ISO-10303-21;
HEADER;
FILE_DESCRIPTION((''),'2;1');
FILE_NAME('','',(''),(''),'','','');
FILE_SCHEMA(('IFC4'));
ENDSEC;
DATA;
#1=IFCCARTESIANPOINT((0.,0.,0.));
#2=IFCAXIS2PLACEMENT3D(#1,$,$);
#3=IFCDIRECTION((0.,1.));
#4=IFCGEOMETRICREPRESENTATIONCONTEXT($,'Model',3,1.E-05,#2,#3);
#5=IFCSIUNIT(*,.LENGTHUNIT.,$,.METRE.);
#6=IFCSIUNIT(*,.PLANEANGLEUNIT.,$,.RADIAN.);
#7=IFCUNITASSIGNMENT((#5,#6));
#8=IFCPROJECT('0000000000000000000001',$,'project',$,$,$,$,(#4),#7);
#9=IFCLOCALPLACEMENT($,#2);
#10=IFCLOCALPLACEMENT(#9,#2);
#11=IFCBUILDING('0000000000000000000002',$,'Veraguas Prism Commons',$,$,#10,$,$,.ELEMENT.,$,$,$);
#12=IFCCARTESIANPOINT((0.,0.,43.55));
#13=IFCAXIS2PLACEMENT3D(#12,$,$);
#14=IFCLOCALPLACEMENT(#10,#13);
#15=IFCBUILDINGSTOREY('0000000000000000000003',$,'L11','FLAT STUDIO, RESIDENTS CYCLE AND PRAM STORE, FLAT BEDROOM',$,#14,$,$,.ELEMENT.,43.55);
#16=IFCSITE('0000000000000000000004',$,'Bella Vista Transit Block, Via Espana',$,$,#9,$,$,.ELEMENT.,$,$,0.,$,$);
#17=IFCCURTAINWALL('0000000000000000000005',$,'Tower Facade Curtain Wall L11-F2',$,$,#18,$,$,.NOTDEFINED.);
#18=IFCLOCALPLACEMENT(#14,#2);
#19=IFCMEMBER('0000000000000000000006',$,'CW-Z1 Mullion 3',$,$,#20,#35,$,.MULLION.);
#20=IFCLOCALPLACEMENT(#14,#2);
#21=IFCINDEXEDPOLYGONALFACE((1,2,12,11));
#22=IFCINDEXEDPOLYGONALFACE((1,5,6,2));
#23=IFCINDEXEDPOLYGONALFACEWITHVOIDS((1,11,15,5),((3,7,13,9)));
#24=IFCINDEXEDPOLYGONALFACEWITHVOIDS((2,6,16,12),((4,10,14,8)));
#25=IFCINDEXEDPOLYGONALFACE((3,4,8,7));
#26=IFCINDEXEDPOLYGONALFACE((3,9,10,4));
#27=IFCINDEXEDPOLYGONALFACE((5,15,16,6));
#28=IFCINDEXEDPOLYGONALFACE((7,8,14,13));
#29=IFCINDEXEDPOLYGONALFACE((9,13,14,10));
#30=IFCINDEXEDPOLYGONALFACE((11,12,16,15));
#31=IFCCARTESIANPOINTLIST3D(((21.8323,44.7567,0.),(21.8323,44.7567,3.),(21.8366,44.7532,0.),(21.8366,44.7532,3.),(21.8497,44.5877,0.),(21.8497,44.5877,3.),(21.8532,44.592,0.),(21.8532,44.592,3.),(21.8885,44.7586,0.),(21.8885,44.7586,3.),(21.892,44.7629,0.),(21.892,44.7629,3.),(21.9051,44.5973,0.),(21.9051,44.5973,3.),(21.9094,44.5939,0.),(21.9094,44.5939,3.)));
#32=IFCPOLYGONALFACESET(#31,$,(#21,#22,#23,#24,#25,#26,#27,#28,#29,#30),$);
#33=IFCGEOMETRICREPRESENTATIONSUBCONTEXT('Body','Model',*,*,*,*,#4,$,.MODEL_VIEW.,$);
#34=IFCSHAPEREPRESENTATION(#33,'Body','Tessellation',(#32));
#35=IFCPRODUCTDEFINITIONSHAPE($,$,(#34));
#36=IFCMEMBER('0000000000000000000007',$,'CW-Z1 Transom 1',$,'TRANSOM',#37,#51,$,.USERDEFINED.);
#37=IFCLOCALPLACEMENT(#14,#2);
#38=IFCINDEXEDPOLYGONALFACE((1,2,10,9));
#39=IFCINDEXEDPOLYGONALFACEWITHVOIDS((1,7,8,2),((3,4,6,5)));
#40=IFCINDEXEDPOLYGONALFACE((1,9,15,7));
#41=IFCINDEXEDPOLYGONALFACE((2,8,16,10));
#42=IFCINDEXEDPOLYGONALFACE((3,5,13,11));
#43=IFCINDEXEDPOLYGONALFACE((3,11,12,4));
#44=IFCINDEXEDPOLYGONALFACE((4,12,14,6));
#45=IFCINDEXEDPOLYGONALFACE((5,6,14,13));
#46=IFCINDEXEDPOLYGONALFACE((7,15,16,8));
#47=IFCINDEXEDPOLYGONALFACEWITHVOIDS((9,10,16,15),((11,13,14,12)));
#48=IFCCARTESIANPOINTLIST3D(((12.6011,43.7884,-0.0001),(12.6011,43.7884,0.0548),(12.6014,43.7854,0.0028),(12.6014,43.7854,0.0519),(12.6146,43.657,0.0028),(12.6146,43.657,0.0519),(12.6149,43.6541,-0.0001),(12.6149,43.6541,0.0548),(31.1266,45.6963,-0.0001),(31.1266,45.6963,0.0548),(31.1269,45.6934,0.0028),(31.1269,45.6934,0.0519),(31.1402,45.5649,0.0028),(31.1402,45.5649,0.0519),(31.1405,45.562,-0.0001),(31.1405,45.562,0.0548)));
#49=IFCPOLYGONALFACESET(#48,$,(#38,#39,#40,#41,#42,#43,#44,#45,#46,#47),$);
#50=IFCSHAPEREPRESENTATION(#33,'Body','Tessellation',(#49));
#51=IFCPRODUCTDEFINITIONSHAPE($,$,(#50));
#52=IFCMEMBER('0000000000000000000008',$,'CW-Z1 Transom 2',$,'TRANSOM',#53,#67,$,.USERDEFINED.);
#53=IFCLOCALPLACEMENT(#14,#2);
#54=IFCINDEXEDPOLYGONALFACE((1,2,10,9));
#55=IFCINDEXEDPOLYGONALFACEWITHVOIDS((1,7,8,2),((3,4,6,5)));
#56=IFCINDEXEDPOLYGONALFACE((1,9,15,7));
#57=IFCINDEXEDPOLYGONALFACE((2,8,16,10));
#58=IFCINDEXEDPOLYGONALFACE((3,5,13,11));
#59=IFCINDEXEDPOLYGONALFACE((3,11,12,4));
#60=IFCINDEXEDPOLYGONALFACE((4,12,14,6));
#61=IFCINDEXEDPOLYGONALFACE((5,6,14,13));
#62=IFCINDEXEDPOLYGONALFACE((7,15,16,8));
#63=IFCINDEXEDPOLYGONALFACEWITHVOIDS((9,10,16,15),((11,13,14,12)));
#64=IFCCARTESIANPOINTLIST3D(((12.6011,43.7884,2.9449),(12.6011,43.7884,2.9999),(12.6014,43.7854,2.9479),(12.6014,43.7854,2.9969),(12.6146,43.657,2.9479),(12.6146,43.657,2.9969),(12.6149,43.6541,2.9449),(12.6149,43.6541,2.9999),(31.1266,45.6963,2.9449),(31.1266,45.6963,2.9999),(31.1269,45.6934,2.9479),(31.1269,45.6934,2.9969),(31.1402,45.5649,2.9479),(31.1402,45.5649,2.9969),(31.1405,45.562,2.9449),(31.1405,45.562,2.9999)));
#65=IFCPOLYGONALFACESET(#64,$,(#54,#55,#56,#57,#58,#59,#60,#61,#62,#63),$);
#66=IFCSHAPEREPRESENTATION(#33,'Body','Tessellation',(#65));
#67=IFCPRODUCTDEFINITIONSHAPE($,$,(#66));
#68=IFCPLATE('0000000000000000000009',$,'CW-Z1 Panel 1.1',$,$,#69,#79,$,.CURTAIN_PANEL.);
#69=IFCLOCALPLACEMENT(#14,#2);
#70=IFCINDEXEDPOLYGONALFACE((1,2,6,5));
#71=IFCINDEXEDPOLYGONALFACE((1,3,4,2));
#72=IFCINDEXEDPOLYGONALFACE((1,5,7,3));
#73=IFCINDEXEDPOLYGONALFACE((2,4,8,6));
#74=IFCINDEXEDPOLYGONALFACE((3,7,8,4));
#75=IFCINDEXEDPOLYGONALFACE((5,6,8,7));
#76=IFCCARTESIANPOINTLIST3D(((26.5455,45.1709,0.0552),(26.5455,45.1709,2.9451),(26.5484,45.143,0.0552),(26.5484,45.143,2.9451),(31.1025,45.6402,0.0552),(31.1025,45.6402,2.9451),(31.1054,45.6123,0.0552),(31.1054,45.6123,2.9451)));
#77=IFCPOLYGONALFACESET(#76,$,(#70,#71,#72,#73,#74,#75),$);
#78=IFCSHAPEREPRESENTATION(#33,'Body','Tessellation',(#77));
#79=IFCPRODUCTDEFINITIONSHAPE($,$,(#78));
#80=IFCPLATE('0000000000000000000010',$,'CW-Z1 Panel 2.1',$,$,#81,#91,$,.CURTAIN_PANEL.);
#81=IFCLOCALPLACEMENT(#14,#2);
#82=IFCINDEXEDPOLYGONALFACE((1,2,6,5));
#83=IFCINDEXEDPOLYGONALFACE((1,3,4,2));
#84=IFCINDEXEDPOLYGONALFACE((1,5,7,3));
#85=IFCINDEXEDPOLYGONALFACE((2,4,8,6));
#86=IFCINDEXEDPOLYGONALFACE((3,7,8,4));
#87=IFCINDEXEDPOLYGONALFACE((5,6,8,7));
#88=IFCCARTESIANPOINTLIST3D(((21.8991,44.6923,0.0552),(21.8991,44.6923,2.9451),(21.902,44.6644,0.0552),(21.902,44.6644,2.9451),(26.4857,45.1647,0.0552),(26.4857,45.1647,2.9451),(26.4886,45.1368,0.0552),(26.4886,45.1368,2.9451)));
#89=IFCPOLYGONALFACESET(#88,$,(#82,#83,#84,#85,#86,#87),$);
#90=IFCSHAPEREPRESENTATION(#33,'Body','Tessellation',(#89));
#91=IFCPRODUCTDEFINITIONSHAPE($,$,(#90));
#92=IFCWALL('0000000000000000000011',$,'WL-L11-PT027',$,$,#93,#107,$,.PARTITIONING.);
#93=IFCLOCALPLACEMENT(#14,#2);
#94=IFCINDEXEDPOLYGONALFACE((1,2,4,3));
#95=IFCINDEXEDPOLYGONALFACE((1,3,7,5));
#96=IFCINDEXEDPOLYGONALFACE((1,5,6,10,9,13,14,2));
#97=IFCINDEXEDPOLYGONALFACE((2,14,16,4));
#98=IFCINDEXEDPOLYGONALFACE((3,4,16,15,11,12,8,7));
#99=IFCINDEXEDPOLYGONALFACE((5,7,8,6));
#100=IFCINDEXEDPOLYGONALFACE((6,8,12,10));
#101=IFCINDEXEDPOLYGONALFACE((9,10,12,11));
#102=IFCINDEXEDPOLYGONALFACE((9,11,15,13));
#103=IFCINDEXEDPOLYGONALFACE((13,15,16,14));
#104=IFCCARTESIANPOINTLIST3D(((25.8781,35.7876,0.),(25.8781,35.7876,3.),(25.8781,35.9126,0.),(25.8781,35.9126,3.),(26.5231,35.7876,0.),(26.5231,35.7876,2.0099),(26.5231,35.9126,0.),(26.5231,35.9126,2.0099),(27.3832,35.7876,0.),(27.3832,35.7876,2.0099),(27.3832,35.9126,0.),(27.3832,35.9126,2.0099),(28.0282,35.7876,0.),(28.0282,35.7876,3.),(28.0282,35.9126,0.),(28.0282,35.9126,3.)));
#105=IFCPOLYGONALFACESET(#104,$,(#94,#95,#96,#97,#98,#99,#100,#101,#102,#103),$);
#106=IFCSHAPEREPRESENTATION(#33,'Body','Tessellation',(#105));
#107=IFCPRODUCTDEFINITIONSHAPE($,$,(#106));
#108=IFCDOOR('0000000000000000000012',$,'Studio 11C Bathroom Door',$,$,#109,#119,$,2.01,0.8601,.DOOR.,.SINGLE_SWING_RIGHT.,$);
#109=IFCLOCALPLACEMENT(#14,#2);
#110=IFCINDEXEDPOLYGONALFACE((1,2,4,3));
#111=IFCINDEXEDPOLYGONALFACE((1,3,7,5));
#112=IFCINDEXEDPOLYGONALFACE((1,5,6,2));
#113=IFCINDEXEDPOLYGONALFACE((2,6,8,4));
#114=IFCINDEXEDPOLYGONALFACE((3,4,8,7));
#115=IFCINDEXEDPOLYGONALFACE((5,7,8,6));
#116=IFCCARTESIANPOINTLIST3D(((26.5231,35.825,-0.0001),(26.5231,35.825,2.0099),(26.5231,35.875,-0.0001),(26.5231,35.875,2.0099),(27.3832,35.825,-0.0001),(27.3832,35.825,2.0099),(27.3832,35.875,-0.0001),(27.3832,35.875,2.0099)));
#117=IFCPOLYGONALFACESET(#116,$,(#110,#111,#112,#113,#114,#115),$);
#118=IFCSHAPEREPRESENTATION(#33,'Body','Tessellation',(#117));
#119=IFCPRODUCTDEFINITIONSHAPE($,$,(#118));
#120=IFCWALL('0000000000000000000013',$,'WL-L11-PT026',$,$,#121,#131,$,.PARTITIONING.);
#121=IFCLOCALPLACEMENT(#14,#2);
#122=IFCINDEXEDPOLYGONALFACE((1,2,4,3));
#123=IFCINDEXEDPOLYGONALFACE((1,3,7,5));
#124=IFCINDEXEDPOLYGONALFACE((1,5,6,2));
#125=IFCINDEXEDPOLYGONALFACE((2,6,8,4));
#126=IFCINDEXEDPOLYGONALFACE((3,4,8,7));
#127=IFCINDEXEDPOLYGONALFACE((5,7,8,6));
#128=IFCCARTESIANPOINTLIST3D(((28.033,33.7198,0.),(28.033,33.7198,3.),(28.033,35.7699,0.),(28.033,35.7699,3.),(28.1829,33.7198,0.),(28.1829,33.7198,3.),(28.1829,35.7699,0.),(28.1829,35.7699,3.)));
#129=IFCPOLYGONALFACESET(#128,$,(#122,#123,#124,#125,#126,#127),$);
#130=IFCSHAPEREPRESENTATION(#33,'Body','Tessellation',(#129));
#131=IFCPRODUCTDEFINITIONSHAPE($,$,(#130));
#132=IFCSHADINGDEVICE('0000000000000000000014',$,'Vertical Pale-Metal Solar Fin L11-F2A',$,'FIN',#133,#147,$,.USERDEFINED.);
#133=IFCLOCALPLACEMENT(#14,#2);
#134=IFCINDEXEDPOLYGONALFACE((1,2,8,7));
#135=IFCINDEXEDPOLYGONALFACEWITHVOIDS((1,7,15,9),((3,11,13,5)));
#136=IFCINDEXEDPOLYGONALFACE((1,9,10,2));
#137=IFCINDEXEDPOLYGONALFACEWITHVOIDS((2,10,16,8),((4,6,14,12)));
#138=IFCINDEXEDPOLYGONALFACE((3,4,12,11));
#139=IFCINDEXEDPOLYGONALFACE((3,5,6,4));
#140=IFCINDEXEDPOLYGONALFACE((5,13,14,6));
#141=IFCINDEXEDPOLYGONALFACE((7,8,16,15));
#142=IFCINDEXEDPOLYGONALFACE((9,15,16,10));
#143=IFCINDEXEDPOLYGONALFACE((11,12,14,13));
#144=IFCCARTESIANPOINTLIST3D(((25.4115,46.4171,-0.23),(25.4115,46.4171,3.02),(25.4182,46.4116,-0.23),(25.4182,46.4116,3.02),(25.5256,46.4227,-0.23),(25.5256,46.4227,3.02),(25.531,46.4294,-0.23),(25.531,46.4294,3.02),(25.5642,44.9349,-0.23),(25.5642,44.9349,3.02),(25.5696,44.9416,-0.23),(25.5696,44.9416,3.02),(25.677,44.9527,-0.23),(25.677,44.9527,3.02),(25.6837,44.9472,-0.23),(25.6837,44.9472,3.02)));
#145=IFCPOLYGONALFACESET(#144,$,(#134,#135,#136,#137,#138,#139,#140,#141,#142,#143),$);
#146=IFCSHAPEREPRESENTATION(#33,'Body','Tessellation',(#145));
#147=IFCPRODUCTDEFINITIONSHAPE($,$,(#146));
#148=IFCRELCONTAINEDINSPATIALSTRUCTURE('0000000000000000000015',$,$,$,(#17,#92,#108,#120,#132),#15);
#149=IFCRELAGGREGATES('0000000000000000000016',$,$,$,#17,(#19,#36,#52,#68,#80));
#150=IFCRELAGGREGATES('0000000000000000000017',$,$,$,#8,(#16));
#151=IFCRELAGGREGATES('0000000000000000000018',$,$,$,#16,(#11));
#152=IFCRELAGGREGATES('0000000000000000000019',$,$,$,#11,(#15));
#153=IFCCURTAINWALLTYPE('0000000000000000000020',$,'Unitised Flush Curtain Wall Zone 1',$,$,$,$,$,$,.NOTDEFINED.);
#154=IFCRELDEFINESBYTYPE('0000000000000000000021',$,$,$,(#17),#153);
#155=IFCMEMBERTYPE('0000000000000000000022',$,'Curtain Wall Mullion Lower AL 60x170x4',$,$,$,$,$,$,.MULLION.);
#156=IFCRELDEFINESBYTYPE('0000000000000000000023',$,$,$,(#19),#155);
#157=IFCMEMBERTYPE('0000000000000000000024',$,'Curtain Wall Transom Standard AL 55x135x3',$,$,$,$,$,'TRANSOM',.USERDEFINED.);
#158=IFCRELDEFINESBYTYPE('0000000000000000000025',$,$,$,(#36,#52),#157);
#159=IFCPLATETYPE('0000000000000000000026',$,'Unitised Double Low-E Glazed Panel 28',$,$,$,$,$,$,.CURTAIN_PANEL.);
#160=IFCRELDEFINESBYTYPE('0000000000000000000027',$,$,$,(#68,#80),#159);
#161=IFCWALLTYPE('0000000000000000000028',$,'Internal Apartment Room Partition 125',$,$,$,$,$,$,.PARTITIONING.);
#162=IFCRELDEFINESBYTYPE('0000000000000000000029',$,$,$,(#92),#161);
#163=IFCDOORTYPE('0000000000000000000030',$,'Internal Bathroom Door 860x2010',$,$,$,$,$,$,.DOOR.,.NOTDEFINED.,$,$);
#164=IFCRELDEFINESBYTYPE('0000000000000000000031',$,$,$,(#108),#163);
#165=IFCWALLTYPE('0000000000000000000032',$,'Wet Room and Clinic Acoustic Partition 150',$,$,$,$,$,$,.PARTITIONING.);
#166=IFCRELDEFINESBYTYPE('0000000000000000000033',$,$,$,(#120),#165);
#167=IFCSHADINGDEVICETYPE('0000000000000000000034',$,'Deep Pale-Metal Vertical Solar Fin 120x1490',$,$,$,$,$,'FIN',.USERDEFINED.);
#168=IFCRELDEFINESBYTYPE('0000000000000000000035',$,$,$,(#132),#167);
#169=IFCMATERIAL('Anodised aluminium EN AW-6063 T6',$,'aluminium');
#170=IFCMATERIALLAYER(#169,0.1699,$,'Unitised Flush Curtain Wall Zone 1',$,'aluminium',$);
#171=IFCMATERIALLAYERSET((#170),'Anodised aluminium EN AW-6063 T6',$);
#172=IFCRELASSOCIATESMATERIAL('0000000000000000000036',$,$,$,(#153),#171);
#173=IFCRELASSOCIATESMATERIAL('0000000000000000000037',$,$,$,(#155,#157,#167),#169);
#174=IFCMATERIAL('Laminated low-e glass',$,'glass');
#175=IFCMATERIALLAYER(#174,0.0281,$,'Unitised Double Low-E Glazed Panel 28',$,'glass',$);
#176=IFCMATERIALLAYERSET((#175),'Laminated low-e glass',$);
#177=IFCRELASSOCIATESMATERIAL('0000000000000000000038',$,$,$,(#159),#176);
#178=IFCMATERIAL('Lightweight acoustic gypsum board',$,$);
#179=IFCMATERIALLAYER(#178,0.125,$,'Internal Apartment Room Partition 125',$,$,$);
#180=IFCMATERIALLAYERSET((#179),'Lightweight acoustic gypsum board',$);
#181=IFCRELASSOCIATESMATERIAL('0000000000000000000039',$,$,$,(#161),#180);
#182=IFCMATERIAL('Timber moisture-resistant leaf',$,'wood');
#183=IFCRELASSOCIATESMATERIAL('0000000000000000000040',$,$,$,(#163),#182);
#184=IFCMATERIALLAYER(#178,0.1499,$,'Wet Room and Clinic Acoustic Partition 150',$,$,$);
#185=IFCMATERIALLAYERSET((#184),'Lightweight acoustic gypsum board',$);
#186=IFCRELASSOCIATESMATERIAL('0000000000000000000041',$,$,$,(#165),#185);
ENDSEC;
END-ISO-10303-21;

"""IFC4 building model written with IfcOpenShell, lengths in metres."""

from ifc_helpers import new_model, si_unit, direction, frame, frame_2d, origin, origin_2d, place, context, subcontext, project, spatial, rectangle, hollow_rectangle, extrude, source, transform, mapped, material, layer, layer_set, material_profile, profile_set, type_object, element, fill, aggregate, save


model = new_model("IFC4")

# Units and contexts
model_context = context("Model", 3, precision=1e-05, world=origin(), true_north=direction((0.0, 1.0)))
body_context = subcontext(model_context, "Body", "Model", "MODEL_VIEW")
ifc_project = project(units=[si_unit("LENGTHUNIT", "METRE"), si_unit("PLANEANGLEUNIT", "RADIAN")], contexts=[model_context])

# Site, building, storey
site_placement = place(None, origin())
site = spatial("IfcSite", under=ifc_project, at=site_placement, Name="Bella Vista Transit Block, Via Espana", CompositionType="ELEMENT", RefElevation=0.0)
building_placement = place(site_placement, origin())
building = spatial("IfcBuilding", under=site, at=building_placement, Name="Veraguas Prism Commons", CompositionType="ELEMENT")
storey_placement = place(building_placement, frame((0.0, 0.0, 43.55)))
storey = spatial("IfcBuildingStorey", under=building, at=storey_placement, Name="L11", Description="FLAT STUDIO, RESIDENTS CYCLE AND PRAM STORE, FLAT BEDROOM", CompositionType="ELEMENT", Elevation=43.55)

# Curtain wall, members, plates
ifc_material_1 = material(Name="Anodised aluminium EN AW-6063 T6", Category="aluminium")
ifc_layer_1 = layer(ifc_material_1, 0.1699, Name="Unitised Flush Curtain Wall Zone 1", Category="aluminium")
ifc_layer_set_1 = layer_set([ifc_layer_1], Name="Anodised aluminium EN AW-6063 T6")
curtain_wall_type = type_object("IfcCurtainWallType", Name="Unitised Flush Curtain Wall Zone 1", PredefinedType="NOTDEFINED", material=ifc_layer_set_1)
curtain_wall_placement = place(storey_placement, origin())
curtain_wall = element("IfcCurtainWall", 1, at=curtain_wall_placement, inside=storey, type_object=curtain_wall_type, Name="Tower Facade Curtain Wall L11-F2", PredefinedType="NOTDEFINED")
ifc_material_profile_1 = material_profile(ifc_material_1, hollow_rectangle(XDim=0.0601, YDim=0.1699, WallThickness=0.0039, at=origin_2d()), Name="AL60X170X4")
ifc_profile_set_1 = profile_set([ifc_material_profile_1], Name="Anodised aluminium EN AW-6063 T6")
member_type_1 = type_object("IfcMemberType", Name="Curtain Wall Mullion Lower AL 60x170x4", PredefinedType="MULLION", material=ifc_profile_set_1)
shared_shape_1 = source(origin(), body_context, "Body", "SweptSolid", [
    extrude(hollow_rectangle(XDim=0.0601, YDim=0.1699, WallThickness=0.0039, at=origin_2d()), origin(), (0.0, 0.0, 1.0), 3.0),
])
member_1_placement = place(storey_placement, frame((21.8708, 44.6753, 0.0), z_axis=(0.0, 0.0, 1.0), x_axis=(-0.994738, -0.102447, 0.0)))
member_1 = element("IfcMember", 2, at=member_1_placement, type_object=member_type_1, Name="CW-Z1 Mullion 3", PredefinedType="MULLION", context=body_context, shape_type="MappedRepresentation", body=[
    mapped(shared_shape_1, transform((0.0, 0.0, 0.0), scale=1.0)),
])
ifc_material_profile_2 = material_profile(ifc_material_1, hollow_rectangle(XDim=0.0549, YDim=0.135, WallThickness=0.0029, at=origin_2d()), Name="AL55X135X3")
ifc_profile_set_2 = profile_set([ifc_material_profile_2], Name="Anodised aluminium EN AW-6063 T6")
member_type_2 = type_object("IfcMemberType", Name="Curtain Wall Transom Standard AL 55x135x3", ElementType="TRANSOM", PredefinedType="USERDEFINED", material=ifc_profile_set_2)
shared_shape_2 = source(origin(), body_context, "Body", "SweptSolid", [
    extrude(hollow_rectangle(XDim=0.0549, YDim=0.135, WallThickness=0.0029, at=origin_2d()), origin(), (0.0, 0.0, 1.0), 18.6235),
])
member_2_placement = place(storey_placement, frame((31.1335, 45.6292, 0.0273), z_axis=(-0.994738, -0.102448, 0.0), x_axis=(0.0, 0.0, 1.0)))
member_2 = element("IfcMember", 3, at=member_2_placement, type_object=member_type_2, Name="CW-Z1 Transom 1", ObjectType="TRANSOM", PredefinedType="USERDEFINED", context=body_context, shape_type="MappedRepresentation", body=[
    mapped(shared_shape_2, transform((0.0, 0.0, 0.0), scale=1.0)),
])
member_3_placement = place(storey_placement, frame((31.1335, 45.6292, 2.9724), z_axis=(-0.994738, -0.102448, 0.0), x_axis=(0.0, 0.0, 1.0)))
member_3 = element("IfcMember", 4, at=member_3_placement, type_object=member_type_2, Name="CW-Z1 Transom 2", ObjectType="TRANSOM", PredefinedType="USERDEFINED", context=body_context, shape_type="MappedRepresentation", body=[
    mapped(shared_shape_2, transform((0.0, 0.0, 0.0), scale=1.0)),
])
ifc_material_2 = material(Name="Laminated low-e glass", Category="glass")
ifc_layer_2 = layer(ifc_material_2, 0.0281, Name="Unitised Double Low-E Glazed Panel 28", Category="glass")
ifc_layer_set_2 = layer_set([ifc_layer_2], Name="Laminated low-e glass")
plate_type = type_object("IfcPlateType", Name="Unitised Double Low-E Glazed Panel 28", PredefinedType="CURTAIN_PANEL", material=ifc_layer_set_2)
shared_shape_3 = source(origin(), body_context, "Body", "SweptSolid", [
    extrude(rectangle(XDim=4.5811, YDim=0.0281, at=origin_2d()), origin(), (0.0, 0.0, 1.0), 2.8899),
])
plate_1_placement = place(storey_placement, frame((28.8254, 45.3916, 0.0552), z_axis=(0.0, 0.0, 1.0), x_axis=(-0.994738, -0.102447, 0.0)))
plate_1 = element("IfcPlate", 5, at=plate_1_placement, type_object=plate_type, Name="CW-Z1 Panel 1.1", PredefinedType="CURTAIN_PANEL", context=body_context, shape_type="MappedRepresentation", body=[
    mapped(shared_shape_3, transform((0.0, 0.0, 0.0), scale=1.0)),
])
shared_shape_4 = source(origin(), body_context, "Body", "SweptSolid", [
    extrude(rectangle(XDim=4.6108, YDim=0.0281, at=origin_2d()), origin(), (0.0, 0.0, 1.0), 2.8899),
])
plate_2_placement = place(storey_placement, frame((24.1938, 44.9146, 0.0552), z_axis=(0.0, 0.0, 1.0), x_axis=(-0.994738, -0.102447, 0.0)))
plate_2 = element("IfcPlate", 6, at=plate_2_placement, type_object=plate_type, Name="CW-Z1 Panel 2.1", PredefinedType="CURTAIN_PANEL", context=body_context, shape_type="MappedRepresentation", body=[
    mapped(shared_shape_4, transform((0.0, 0.0, 0.0), scale=1.0)),
])
aggregate(curtain_wall, [member_1, member_2, member_3, plate_1, plate_2])

# Wall, opening, door
ifc_material_3 = material(Name="Lightweight acoustic gypsum board")
ifc_layer_3 = layer(ifc_material_3, 0.125, Name="Internal Apartment Room Partition 125")
ifc_layer_set_3 = layer_set([ifc_layer_3], Name="Lightweight acoustic gypsum board")
wall_type_1 = type_object("IfcWallType", Name="Internal Apartment Room Partition 125", PredefinedType="PARTITIONING", material=ifc_layer_set_3)
wall_1_placement = place(storey_placement, frame((25.8779, 35.8501, 0.0), z_axis=(0.0, 0.0, 1.0), x_axis=(1.0, 0.0, 0.0)))
wall_1 = element("IfcWall", 7, at=wall_1_placement, inside=storey, type_object=wall_type_1, Name="WL-L11-PT027", PredefinedType="PARTITIONING", context=body_context, shape_type="SweptSolid", body=[
    extrude(rectangle(XDim=2.1501, YDim=0.125, at=frame_2d((1.0752, 0.0))), origin(), (0.0, 0.0, 1.0), 3.0),
])
opening_placement = place(wall_1_placement, frame((0.645, 0.0, 0.0)))
opening = element("IfcOpeningElement", 8, at=opening_placement, cuts=wall_1, PredefinedType="OPENING", context=body_context, shape_type="SweptSolid", body=[
    extrude(rectangle(XDim=0.8601, YDim=2.01, at=frame_2d((0.4302, 1.0049))), frame((0.0, 0.0725, 0.0), z_axis=(0.0, -1.0, 0.0), x_axis=(1.0, 0.0, 0.0)), (0.0, 0.0, 1.0), 0.145),
])
ifc_material_4 = material(Name="Timber moisture-resistant leaf", Category="wood")
door_type = type_object("IfcDoorType", Name="Internal Bathroom Door 860x2010", OperationType="NOTDEFINED", PredefinedType="DOOR", material=ifc_material_4)
shared_shape_5 = source(origin(), body_context, "Body", "SweptSolid", [
    extrude(rectangle(XDim=0.8601, YDim=2.01, at=frame_2d((0.4302, 1.0049))), frame((0.0, 0.0249, 0.0), z_axis=(0.0, -1.0, 0.0), x_axis=(1.0, 0.0, 0.0)), (0.0, 0.0, 1.0), 0.05),
])
door_placement = place(opening_placement, origin())
door = element("IfcDoor", 9, at=door_placement, inside=storey, type_object=door_type, Name="Studio 11C Bathroom Door", OperationType="SINGLE_SWING_RIGHT", OverallHeight=2.01, OverallWidth=0.8601, PredefinedType="DOOR", context=body_context, shape_type="MappedRepresentation", body=[
    mapped(shared_shape_5, transform((0.0, 0.0, 0.0), scale=1.0)),
])
fill(opening, door)

# Wall
ifc_layer_4 = layer(ifc_material_3, 0.1499, Name="Wet Room and Clinic Acoustic Partition 150")
ifc_layer_set_4 = layer_set([ifc_layer_4], Name="Lightweight acoustic gypsum board")
wall_type_2 = type_object("IfcWallType", Name="Wet Room and Clinic Acoustic Partition 150", PredefinedType="PARTITIONING", material=ifc_layer_set_4)
wall_2_placement = place(storey_placement, frame((28.1079, 33.72, 0.0), z_axis=(0.0, 0.0, 1.0), x_axis=(0.0, 1.0, 0.0)))
element("IfcWall", 10, at=wall_2_placement, inside=storey, type_object=wall_type_2, Name="WL-L11-PT026", PredefinedType="PARTITIONING", context=body_context, shape_type="SweptSolid", body=[
    extrude(rectangle(XDim=2.05, YDim=0.1499, at=frame_2d((1.0249, 0.0))), origin(), (0.0, 0.0, 1.0), 3.0),
])

# Shading device
ifc_material_profile_3 = material_profile(ifc_material_1, hollow_rectangle(XDim=0.1201, YDim=1.49, WallThickness=0.0061, at=origin_2d()), Name="FIN120X1490X6")
ifc_profile_set_3 = profile_set([ifc_material_profile_3], Name="Anodised aluminium EN AW-6063 T6")
shading_device_type = type_object("IfcShadingDeviceType", Name="Deep Pale-Metal Vertical Solar Fin 120x1490", ElementType="FIN", PredefinedType="USERDEFINED", material=ifc_profile_set_3)
shading_device_placement = place(storey_placement, frame((25.5476, 45.6821, -0.23), z_axis=(0.0, 0.0, 1.0), x_axis=(-0.994739, -0.102442, 0.0)))
element("IfcShadingDevice", 11, at=shading_device_placement, inside=storey, type_object=shading_device_type, Name="Vertical Pale-Metal Solar Fin L11-F2A", ObjectType="FIN", PredefinedType="USERDEFINED", context=body_context, shape_type="SweptSolid", body=[
    extrude(hollow_rectangle(XDim=0.1201, YDim=1.49, WallThickness=0.0061, at=origin_2d()), origin(), (0.0, 0.0, 1.0), 3.25),
])

save(model, "model.ifc")
